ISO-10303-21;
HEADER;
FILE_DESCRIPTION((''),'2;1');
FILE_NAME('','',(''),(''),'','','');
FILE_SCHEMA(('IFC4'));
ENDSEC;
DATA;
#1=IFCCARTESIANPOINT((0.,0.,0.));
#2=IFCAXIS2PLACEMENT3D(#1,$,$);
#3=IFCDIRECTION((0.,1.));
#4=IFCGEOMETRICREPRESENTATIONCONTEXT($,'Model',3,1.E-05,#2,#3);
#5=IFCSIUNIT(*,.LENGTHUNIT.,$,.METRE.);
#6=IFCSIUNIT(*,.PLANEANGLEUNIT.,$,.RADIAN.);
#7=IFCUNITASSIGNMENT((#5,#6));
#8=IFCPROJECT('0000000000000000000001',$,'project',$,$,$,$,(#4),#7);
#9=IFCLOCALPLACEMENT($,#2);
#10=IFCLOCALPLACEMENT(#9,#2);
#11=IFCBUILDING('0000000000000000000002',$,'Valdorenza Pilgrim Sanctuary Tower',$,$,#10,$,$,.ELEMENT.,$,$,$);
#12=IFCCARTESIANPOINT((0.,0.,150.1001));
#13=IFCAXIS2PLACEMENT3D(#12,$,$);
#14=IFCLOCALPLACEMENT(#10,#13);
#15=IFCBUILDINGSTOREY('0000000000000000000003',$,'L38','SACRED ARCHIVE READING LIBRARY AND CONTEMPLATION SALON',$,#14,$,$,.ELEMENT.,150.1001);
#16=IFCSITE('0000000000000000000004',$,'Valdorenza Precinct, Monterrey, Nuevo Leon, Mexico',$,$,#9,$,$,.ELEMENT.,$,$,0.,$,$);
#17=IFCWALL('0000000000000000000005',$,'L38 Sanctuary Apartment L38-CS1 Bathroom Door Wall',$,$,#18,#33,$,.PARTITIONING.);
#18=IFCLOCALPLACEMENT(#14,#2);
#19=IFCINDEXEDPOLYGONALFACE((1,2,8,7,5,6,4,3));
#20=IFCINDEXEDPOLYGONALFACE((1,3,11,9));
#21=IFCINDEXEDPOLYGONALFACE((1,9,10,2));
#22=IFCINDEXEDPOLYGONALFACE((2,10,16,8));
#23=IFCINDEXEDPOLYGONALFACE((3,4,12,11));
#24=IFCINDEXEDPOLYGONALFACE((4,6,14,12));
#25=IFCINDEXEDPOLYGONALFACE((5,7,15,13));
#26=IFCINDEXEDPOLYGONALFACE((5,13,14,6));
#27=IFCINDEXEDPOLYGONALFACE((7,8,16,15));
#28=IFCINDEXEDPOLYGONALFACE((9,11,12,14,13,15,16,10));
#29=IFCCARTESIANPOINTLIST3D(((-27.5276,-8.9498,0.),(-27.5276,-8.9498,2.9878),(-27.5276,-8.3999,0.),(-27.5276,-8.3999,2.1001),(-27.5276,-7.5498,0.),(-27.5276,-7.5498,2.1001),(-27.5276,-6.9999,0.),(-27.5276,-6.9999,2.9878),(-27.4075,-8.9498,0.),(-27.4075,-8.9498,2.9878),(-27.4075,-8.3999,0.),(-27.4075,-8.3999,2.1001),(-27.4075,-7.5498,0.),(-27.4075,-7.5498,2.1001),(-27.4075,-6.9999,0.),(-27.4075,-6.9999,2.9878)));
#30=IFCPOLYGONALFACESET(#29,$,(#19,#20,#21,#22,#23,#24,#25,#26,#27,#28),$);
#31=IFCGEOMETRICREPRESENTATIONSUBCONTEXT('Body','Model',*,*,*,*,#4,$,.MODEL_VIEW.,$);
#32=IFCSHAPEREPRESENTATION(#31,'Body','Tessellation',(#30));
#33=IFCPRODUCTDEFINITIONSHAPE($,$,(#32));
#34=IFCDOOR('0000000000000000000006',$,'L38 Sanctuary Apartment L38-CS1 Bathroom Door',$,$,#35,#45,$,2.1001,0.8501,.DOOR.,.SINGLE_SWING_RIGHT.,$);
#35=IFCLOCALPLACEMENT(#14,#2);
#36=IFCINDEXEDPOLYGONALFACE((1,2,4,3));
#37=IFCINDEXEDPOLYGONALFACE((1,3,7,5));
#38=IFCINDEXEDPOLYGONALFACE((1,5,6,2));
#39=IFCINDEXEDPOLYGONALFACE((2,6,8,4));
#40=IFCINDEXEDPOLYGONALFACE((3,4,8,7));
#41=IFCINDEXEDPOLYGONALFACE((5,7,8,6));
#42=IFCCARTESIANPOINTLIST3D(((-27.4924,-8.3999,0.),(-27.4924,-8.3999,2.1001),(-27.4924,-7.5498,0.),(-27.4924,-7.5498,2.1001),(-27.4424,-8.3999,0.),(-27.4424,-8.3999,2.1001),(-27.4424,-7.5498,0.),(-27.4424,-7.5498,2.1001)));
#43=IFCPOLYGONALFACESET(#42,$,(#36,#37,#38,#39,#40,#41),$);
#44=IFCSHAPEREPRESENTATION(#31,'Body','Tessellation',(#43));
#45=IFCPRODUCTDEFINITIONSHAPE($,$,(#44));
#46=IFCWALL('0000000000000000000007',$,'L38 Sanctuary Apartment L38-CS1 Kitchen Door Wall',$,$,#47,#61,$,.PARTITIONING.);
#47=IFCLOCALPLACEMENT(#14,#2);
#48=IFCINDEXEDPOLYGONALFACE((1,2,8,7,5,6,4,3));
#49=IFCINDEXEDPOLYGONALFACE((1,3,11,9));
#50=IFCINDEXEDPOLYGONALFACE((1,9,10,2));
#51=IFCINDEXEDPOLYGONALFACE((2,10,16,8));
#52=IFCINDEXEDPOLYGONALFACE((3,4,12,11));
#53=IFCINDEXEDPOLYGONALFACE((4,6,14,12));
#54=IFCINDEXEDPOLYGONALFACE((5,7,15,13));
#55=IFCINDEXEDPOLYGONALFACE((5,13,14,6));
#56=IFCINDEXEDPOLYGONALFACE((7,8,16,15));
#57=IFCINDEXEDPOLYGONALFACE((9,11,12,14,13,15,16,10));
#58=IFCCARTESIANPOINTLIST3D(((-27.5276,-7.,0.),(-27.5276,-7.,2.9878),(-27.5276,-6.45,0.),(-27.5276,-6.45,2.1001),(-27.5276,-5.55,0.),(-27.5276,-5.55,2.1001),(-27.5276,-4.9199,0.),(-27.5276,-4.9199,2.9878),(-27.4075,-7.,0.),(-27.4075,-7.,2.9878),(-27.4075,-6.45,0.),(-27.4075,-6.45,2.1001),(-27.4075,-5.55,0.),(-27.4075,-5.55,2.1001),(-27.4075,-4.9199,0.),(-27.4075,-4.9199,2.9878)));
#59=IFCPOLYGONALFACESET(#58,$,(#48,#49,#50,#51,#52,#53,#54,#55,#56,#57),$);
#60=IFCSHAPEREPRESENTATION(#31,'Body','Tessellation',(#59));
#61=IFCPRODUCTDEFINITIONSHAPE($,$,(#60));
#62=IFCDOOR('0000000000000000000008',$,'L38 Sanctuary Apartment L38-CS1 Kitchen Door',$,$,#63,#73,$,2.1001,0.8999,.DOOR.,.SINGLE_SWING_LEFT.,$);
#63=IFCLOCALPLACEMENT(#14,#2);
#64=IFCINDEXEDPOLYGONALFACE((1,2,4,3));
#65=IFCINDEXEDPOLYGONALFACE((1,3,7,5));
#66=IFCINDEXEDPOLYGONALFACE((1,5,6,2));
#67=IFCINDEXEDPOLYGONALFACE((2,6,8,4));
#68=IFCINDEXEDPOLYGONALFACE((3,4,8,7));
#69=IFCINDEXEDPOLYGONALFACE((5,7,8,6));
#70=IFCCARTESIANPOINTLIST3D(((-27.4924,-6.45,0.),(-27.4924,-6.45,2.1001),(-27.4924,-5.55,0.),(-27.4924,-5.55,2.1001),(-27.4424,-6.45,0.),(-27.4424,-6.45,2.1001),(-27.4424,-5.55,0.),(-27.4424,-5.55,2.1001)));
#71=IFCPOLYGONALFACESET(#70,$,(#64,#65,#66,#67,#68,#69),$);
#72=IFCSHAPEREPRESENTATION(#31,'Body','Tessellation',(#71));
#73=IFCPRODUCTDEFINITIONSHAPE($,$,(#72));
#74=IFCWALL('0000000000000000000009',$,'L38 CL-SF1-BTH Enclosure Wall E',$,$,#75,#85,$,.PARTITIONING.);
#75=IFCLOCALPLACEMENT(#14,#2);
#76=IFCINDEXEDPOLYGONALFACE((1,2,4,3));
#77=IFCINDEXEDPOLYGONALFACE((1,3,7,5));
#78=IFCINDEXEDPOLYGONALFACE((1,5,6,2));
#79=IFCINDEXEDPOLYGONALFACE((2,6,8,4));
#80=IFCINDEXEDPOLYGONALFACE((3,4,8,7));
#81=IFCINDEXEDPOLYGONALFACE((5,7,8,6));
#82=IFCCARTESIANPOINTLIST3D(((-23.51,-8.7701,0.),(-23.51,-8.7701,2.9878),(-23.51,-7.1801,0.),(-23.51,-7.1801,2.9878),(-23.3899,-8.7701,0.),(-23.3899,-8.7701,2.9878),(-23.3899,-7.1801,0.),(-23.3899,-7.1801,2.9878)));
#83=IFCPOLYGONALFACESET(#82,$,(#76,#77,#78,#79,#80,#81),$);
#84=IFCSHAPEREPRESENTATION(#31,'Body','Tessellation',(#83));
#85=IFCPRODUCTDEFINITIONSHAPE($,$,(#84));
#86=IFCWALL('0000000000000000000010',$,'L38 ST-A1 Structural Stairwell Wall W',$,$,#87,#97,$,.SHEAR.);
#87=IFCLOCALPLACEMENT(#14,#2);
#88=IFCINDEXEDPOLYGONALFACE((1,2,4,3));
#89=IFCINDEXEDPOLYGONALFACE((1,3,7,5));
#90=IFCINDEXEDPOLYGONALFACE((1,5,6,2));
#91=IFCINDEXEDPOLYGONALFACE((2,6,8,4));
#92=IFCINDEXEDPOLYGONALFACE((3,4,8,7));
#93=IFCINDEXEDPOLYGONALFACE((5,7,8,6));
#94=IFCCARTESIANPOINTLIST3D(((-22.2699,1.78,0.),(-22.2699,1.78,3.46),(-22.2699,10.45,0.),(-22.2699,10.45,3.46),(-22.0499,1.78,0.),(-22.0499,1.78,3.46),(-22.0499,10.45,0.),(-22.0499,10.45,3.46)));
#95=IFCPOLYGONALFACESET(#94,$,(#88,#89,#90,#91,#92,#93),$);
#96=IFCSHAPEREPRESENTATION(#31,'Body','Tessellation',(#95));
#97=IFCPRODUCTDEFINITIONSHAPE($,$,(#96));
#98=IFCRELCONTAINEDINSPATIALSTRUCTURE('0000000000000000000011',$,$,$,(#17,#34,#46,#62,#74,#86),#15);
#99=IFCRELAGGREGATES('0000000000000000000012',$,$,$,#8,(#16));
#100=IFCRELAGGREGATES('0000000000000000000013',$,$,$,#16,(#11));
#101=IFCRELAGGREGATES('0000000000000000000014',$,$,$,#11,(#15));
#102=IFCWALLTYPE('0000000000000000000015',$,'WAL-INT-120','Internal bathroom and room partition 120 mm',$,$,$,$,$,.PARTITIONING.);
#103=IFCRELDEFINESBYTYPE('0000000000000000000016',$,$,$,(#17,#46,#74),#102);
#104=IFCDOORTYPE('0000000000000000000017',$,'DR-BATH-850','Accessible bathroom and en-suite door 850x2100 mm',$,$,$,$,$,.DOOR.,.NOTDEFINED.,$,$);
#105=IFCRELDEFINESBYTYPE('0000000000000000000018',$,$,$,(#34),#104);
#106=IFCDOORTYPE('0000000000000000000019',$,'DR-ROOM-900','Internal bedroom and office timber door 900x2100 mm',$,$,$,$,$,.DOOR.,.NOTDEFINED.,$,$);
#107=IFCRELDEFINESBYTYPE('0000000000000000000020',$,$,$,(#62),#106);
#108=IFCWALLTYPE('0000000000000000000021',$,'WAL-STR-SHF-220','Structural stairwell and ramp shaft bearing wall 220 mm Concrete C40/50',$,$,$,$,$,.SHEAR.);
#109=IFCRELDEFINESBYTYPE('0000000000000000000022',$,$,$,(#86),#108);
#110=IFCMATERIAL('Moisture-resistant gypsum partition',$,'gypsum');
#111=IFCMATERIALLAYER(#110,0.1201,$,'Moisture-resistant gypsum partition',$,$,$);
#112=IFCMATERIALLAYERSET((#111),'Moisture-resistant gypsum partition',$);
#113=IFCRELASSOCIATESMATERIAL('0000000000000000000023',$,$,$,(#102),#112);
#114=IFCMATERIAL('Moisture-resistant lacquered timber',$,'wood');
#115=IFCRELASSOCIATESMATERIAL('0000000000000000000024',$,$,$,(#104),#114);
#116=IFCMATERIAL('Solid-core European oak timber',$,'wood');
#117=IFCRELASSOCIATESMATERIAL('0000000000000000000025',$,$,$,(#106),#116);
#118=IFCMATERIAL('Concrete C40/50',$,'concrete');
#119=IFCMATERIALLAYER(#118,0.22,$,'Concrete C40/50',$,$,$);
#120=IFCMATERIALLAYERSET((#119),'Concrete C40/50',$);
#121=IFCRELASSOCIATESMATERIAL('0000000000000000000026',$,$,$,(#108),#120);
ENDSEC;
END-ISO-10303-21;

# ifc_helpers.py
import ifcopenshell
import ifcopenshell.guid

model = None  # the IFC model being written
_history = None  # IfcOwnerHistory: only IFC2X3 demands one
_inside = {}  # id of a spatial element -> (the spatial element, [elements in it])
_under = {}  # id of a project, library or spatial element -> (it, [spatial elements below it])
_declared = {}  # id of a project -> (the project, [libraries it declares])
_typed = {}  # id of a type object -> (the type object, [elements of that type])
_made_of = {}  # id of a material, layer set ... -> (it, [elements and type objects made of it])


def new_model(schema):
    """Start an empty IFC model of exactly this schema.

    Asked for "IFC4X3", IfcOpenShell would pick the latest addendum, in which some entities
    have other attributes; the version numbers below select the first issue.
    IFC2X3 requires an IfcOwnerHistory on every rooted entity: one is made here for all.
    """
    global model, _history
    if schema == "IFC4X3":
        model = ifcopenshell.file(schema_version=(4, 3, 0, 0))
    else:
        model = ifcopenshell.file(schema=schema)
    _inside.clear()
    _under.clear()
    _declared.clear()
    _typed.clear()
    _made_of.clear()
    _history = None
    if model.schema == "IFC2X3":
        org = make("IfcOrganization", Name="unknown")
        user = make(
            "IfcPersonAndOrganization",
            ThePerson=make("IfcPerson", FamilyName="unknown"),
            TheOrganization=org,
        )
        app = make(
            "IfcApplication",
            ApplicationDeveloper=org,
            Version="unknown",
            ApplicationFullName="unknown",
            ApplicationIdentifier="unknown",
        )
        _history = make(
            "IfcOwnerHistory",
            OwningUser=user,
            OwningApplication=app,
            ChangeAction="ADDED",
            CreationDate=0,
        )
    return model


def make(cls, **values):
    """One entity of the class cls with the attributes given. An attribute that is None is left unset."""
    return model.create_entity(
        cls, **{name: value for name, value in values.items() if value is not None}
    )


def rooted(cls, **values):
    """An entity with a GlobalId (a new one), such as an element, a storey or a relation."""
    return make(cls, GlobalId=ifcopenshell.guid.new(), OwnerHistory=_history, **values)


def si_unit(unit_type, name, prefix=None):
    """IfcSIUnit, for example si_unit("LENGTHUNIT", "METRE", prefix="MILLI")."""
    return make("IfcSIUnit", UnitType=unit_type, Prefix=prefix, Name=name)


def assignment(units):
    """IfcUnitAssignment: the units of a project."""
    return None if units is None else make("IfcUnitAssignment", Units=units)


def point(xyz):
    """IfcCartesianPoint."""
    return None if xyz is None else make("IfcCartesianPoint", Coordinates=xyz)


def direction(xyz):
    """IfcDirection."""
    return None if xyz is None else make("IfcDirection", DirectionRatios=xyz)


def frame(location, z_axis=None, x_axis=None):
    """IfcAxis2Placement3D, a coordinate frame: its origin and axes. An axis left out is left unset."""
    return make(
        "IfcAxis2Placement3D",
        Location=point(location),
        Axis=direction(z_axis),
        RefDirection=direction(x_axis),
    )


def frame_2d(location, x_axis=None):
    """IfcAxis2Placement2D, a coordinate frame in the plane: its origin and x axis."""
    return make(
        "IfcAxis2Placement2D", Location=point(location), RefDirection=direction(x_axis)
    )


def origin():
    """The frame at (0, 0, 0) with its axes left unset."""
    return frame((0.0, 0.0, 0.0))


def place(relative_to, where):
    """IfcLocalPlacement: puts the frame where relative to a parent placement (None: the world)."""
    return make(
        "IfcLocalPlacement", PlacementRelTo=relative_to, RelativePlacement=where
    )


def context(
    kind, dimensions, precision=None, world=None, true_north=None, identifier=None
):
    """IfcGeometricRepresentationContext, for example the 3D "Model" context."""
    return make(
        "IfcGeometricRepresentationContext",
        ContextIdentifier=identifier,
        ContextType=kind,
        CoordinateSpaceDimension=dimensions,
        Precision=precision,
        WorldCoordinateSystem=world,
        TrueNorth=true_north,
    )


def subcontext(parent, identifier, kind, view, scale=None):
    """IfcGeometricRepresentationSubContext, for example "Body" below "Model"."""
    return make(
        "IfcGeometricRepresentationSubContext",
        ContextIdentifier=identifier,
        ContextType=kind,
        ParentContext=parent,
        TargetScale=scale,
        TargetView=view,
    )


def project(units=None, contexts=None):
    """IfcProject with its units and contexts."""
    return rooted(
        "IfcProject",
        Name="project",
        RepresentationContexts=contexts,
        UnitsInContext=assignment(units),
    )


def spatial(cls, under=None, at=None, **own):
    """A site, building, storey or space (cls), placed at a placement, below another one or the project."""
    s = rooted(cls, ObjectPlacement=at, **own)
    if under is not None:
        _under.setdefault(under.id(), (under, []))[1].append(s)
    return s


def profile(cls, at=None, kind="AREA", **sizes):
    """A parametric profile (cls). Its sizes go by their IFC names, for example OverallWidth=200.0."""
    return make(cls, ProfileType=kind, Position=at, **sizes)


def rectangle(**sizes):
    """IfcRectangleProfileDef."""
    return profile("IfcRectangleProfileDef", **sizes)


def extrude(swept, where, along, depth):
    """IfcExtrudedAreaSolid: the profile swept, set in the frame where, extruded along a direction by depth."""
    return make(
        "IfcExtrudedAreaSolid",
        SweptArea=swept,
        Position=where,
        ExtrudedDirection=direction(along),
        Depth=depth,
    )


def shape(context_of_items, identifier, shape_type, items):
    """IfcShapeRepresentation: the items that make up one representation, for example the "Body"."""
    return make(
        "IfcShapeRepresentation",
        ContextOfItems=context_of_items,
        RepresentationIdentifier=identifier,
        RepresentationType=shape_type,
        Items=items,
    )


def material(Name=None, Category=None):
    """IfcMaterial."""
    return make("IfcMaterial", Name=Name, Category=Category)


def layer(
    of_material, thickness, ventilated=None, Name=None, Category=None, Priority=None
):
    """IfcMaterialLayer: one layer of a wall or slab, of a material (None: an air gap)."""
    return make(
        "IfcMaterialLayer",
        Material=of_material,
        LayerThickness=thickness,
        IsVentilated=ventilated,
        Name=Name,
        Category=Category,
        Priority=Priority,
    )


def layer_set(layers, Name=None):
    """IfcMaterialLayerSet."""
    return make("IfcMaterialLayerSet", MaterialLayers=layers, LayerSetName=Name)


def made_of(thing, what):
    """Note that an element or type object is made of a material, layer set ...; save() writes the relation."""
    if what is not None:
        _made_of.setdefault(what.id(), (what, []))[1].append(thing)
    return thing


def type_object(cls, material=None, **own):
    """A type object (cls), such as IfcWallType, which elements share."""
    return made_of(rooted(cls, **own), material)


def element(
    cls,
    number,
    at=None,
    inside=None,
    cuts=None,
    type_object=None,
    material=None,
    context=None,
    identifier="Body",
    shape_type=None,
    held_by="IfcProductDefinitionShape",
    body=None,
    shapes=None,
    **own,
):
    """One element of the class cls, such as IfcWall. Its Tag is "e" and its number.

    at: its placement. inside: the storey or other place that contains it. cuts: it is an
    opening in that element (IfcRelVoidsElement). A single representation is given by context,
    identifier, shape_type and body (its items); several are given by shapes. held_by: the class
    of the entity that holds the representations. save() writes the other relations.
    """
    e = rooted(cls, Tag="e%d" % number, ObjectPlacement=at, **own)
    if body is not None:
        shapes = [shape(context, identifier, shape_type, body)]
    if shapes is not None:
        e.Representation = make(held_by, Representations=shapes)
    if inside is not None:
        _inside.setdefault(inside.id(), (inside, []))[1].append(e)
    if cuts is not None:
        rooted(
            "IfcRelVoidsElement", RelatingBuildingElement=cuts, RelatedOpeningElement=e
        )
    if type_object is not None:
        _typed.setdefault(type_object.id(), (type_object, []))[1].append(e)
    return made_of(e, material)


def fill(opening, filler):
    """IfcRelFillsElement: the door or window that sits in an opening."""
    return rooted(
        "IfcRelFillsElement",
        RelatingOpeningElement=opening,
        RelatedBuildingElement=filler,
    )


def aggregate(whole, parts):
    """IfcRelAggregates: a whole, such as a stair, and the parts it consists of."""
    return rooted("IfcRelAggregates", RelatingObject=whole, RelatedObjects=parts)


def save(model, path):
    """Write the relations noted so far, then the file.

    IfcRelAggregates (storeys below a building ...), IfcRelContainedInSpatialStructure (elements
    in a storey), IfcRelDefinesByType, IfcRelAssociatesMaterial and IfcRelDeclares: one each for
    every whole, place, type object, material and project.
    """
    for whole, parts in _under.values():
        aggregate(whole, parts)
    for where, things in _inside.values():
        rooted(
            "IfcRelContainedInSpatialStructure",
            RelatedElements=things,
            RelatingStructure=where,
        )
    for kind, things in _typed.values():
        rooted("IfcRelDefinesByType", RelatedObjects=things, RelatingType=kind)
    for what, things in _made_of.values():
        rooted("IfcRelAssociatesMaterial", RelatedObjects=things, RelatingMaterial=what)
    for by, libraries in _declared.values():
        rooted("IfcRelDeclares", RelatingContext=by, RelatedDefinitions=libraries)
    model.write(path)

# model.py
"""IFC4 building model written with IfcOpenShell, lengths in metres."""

from ifc_helpers import new_model, si_unit, direction, frame, frame_2d, origin, place, context, subcontext, project, spatial, rectangle, extrude, material, layer, layer_set, type_object, element, fill, save


model = new_model("IFC4")

# Units and contexts
model_context = context("Model", 3, precision=1e-05, world=origin(), true_north=direction((0.0, 1.0)))
body_context = subcontext(model_context, "Body", "Model", "MODEL_VIEW")
ifc_project = project(units=[si_unit("LENGTHUNIT", "METRE"), si_unit("PLANEANGLEUNIT", "RADIAN")], contexts=[model_context])

# Site, building, storey
site_placement = place(None, origin())
site = spatial("IfcSite", under=ifc_project, at=site_placement, Name="Valdorenza Precinct, Monterrey, Nuevo Leon, Mexico", CompositionType="ELEMENT", RefElevation=0.0)
building_placement = place(site_placement, origin())
building = spatial("IfcBuilding", under=site, at=building_placement, Name="Valdorenza Pilgrim Sanctuary Tower", CompositionType="ELEMENT")
storey_placement = place(building_placement, frame((0.0, 0.0, 150.1001)))
storey = spatial("IfcBuildingStorey", under=building, at=storey_placement, Name="L38", Description="SACRED ARCHIVE READING LIBRARY AND CONTEMPLATION SALON", CompositionType="ELEMENT", Elevation=150.1001)

# Shared definitions
ifc_material_1 = material(Name="Solid-core European oak timber", Category="wood")

# Shared definitions
ifc_material_2 = material(Name="Moisture-resistant gypsum partition", Category="gypsum")
ifc_layer_1 = layer(ifc_material_2, 0.1201, Name="Moisture-resistant gypsum partition")
ifc_layer_set_1 = layer_set([ifc_layer_1], Name="Moisture-resistant gypsum partition")
wall_type_1 = type_object("IfcWallType", Name="WAL-INT-120", Description="Internal bathroom and room partition 120 mm", PredefinedType="PARTITIONING", material=ifc_layer_set_1)

# Walls, openings, doors
wall_1_placement = place(storey_placement, frame((-27.4675, -8.95, 0.0), z_axis=(0.0, 0.0, 1.0), x_axis=(0.0, 1.0, 0.0)))
wall_1 = element("IfcWall", 1, at=wall_1_placement, inside=storey, type_object=wall_type_1, Name="L38 Sanctuary Apartment L38-CS1 Bathroom Door Wall", PredefinedType="PARTITIONING", context=body_context, shape_type="SweptSolid", body=[
    extrude(rectangle(XDim=1.95, YDim=0.1201, at=frame_2d((0.9751, 0.0))), origin(), (0.0, 0.0, 1.0), 2.9878),
])
opening_1_placement = place(wall_1_placement, frame((0.55, 0.0, 0.0)))
opening_1 = element("IfcOpeningElement", 2, at=opening_1_placement, cuts=wall_1, PredefinedType="OPENING", context=body_context, shape_type="SweptSolid", body=[
    extrude(rectangle(XDim=0.8501, YDim=2.1001, at=frame_2d((0.425, 1.05))), frame((0.0, 0.075, 0.0), z_axis=(0.0, -1.0, 0.0), x_axis=(1.0, 0.0, 0.0)), (0.0, 0.0, 1.0), 0.1499),
])
ifc_material_3 = material(Name="Moisture-resistant lacquered timber", Category="wood")
door_type_1 = type_object("IfcDoorType", Name="DR-BATH-850", Description="Accessible bathroom and en-suite door 850x2100 mm", OperationType="NOTDEFINED", PredefinedType="DOOR", material=ifc_material_3)
door_1_placement = place(opening_1_placement, origin())
door_1 = element("IfcDoor", 3, at=door_1_placement, inside=storey, type_object=door_type_1, Name="L38 Sanctuary Apartment L38-CS1 Bathroom Door", OperationType="SINGLE_SWING_RIGHT", OverallHeight=2.1001, OverallWidth=0.8501, PredefinedType="DOOR", context=body_context, shape_type="SweptSolid", body=[
    extrude(rectangle(XDim=0.8501, YDim=2.1001, at=frame_2d((0.425, 1.05))), frame((0.0, 0.0249, 0.0), z_axis=(0.0, -1.0, 0.0), x_axis=(1.0, 0.0, 0.0)), (0.0, 0.0, 1.0), 0.05),
])
fill(opening_1, door_1)
wall_2_placement = place(storey_placement, frame((-27.4675, -7.0, 0.0), z_axis=(0.0, 0.0, 1.0), x_axis=(0.0, 1.0, 0.0)))
wall_2 = element("IfcWall", 4, at=wall_2_placement, inside=storey, type_object=wall_type_1, Name="L38 Sanctuary Apartment L38-CS1 Kitchen Door Wall", PredefinedType="PARTITIONING", context=body_context, shape_type="SweptSolid", body=[
    extrude(rectangle(XDim=2.0801, YDim=0.1201, at=frame_2d((1.04, 0.0))), origin(), (0.0, 0.0, 1.0), 2.9878),
])
opening_2_placement = place(wall_2_placement, frame((0.55, 0.0, 0.0)))
opening_2 = element("IfcOpeningElement", 5, at=opening_2_placement, cuts=wall_2, PredefinedType="OPENING", context=body_context, shape_type="SweptSolid", body=[
    extrude(rectangle(XDim=0.8999, YDim=2.1001, at=frame_2d((0.45, 1.05))), frame((0.0, 0.075, 0.0), z_axis=(0.0, -1.0, 0.0), x_axis=(1.0, 0.0, 0.0)), (0.0, 0.0, 1.0), 0.1499),
])
door_type_2 = type_object("IfcDoorType", Name="DR-ROOM-900", Description="Internal bedroom and office timber door 900x2100 mm", OperationType="NOTDEFINED", PredefinedType="DOOR", material=ifc_material_1)
door_2_placement = place(opening_2_placement, origin())
door_2 = element("IfcDoor", 6, at=door_2_placement, inside=storey, type_object=door_type_2, Name="L38 Sanctuary Apartment L38-CS1 Kitchen Door", OperationType="SINGLE_SWING_LEFT", OverallHeight=2.1001, OverallWidth=0.8999, PredefinedType="DOOR", context=body_context, shape_type="SweptSolid", body=[
    extrude(rectangle(XDim=0.8999, YDim=2.1001, at=frame_2d((0.45, 1.05))), frame((0.0, 0.0249, 0.0), z_axis=(0.0, -1.0, 0.0), x_axis=(1.0, 0.0, 0.0)), (0.0, 0.0, 1.0), 0.05),
])
fill(opening_2, door_2)

# Walls
wall_3_placement = place(storey_placement, frame((-23.45, -8.77, 0.0), z_axis=(0.0, 0.0, 1.0), x_axis=(0.0, 1.0, 0.0)))
element("IfcWall", 7, at=wall_3_placement, inside=storey, type_object=wall_type_1, Name="L38 CL-SF1-BTH Enclosure Wall E", PredefinedType="PARTITIONING", context=body_context, shape_type="SweptSolid", body=[
    extrude(rectangle(XDim=1.5901, YDim=0.1201, at=frame_2d((0.7949, 0.0))), origin(), (0.0, 0.0, 1.0), 2.9878),
])
ifc_material_4 = material(Name="Concrete C40/50", Category="concrete")
ifc_layer_2 = layer(ifc_material_4, 0.22, Name="Concrete C40/50")
ifc_layer_set_2 = layer_set([ifc_layer_2], Name="Concrete C40/50")
wall_type_2 = type_object("IfcWallType", Name="WAL-STR-SHF-220", Description="Structural stairwell and ramp shaft bearing wall 220 mm Concrete C40/50", PredefinedType="SHEAR", material=ifc_layer_set_2)
wall_4_placement = place(storey_placement, frame((-22.1599, 1.78, 0.0), z_axis=(0.0, 0.0, 1.0), x_axis=(0.0, 1.0, 0.0)))
element("IfcWall", 8, at=wall_4_placement, inside=storey, type_object=wall_type_2, Name="L38 ST-A1 Structural Stairwell Wall W", PredefinedType="SHEAR", context=body_context, shape_type="SweptSolid", body=[
    extrude(rectangle(XDim=8.6699, YDim=0.22, at=frame_2d((4.335, 0.0))), origin(), (0.0, 0.0, 1.0), 3.46),
])

save(model, "model.ifc")
